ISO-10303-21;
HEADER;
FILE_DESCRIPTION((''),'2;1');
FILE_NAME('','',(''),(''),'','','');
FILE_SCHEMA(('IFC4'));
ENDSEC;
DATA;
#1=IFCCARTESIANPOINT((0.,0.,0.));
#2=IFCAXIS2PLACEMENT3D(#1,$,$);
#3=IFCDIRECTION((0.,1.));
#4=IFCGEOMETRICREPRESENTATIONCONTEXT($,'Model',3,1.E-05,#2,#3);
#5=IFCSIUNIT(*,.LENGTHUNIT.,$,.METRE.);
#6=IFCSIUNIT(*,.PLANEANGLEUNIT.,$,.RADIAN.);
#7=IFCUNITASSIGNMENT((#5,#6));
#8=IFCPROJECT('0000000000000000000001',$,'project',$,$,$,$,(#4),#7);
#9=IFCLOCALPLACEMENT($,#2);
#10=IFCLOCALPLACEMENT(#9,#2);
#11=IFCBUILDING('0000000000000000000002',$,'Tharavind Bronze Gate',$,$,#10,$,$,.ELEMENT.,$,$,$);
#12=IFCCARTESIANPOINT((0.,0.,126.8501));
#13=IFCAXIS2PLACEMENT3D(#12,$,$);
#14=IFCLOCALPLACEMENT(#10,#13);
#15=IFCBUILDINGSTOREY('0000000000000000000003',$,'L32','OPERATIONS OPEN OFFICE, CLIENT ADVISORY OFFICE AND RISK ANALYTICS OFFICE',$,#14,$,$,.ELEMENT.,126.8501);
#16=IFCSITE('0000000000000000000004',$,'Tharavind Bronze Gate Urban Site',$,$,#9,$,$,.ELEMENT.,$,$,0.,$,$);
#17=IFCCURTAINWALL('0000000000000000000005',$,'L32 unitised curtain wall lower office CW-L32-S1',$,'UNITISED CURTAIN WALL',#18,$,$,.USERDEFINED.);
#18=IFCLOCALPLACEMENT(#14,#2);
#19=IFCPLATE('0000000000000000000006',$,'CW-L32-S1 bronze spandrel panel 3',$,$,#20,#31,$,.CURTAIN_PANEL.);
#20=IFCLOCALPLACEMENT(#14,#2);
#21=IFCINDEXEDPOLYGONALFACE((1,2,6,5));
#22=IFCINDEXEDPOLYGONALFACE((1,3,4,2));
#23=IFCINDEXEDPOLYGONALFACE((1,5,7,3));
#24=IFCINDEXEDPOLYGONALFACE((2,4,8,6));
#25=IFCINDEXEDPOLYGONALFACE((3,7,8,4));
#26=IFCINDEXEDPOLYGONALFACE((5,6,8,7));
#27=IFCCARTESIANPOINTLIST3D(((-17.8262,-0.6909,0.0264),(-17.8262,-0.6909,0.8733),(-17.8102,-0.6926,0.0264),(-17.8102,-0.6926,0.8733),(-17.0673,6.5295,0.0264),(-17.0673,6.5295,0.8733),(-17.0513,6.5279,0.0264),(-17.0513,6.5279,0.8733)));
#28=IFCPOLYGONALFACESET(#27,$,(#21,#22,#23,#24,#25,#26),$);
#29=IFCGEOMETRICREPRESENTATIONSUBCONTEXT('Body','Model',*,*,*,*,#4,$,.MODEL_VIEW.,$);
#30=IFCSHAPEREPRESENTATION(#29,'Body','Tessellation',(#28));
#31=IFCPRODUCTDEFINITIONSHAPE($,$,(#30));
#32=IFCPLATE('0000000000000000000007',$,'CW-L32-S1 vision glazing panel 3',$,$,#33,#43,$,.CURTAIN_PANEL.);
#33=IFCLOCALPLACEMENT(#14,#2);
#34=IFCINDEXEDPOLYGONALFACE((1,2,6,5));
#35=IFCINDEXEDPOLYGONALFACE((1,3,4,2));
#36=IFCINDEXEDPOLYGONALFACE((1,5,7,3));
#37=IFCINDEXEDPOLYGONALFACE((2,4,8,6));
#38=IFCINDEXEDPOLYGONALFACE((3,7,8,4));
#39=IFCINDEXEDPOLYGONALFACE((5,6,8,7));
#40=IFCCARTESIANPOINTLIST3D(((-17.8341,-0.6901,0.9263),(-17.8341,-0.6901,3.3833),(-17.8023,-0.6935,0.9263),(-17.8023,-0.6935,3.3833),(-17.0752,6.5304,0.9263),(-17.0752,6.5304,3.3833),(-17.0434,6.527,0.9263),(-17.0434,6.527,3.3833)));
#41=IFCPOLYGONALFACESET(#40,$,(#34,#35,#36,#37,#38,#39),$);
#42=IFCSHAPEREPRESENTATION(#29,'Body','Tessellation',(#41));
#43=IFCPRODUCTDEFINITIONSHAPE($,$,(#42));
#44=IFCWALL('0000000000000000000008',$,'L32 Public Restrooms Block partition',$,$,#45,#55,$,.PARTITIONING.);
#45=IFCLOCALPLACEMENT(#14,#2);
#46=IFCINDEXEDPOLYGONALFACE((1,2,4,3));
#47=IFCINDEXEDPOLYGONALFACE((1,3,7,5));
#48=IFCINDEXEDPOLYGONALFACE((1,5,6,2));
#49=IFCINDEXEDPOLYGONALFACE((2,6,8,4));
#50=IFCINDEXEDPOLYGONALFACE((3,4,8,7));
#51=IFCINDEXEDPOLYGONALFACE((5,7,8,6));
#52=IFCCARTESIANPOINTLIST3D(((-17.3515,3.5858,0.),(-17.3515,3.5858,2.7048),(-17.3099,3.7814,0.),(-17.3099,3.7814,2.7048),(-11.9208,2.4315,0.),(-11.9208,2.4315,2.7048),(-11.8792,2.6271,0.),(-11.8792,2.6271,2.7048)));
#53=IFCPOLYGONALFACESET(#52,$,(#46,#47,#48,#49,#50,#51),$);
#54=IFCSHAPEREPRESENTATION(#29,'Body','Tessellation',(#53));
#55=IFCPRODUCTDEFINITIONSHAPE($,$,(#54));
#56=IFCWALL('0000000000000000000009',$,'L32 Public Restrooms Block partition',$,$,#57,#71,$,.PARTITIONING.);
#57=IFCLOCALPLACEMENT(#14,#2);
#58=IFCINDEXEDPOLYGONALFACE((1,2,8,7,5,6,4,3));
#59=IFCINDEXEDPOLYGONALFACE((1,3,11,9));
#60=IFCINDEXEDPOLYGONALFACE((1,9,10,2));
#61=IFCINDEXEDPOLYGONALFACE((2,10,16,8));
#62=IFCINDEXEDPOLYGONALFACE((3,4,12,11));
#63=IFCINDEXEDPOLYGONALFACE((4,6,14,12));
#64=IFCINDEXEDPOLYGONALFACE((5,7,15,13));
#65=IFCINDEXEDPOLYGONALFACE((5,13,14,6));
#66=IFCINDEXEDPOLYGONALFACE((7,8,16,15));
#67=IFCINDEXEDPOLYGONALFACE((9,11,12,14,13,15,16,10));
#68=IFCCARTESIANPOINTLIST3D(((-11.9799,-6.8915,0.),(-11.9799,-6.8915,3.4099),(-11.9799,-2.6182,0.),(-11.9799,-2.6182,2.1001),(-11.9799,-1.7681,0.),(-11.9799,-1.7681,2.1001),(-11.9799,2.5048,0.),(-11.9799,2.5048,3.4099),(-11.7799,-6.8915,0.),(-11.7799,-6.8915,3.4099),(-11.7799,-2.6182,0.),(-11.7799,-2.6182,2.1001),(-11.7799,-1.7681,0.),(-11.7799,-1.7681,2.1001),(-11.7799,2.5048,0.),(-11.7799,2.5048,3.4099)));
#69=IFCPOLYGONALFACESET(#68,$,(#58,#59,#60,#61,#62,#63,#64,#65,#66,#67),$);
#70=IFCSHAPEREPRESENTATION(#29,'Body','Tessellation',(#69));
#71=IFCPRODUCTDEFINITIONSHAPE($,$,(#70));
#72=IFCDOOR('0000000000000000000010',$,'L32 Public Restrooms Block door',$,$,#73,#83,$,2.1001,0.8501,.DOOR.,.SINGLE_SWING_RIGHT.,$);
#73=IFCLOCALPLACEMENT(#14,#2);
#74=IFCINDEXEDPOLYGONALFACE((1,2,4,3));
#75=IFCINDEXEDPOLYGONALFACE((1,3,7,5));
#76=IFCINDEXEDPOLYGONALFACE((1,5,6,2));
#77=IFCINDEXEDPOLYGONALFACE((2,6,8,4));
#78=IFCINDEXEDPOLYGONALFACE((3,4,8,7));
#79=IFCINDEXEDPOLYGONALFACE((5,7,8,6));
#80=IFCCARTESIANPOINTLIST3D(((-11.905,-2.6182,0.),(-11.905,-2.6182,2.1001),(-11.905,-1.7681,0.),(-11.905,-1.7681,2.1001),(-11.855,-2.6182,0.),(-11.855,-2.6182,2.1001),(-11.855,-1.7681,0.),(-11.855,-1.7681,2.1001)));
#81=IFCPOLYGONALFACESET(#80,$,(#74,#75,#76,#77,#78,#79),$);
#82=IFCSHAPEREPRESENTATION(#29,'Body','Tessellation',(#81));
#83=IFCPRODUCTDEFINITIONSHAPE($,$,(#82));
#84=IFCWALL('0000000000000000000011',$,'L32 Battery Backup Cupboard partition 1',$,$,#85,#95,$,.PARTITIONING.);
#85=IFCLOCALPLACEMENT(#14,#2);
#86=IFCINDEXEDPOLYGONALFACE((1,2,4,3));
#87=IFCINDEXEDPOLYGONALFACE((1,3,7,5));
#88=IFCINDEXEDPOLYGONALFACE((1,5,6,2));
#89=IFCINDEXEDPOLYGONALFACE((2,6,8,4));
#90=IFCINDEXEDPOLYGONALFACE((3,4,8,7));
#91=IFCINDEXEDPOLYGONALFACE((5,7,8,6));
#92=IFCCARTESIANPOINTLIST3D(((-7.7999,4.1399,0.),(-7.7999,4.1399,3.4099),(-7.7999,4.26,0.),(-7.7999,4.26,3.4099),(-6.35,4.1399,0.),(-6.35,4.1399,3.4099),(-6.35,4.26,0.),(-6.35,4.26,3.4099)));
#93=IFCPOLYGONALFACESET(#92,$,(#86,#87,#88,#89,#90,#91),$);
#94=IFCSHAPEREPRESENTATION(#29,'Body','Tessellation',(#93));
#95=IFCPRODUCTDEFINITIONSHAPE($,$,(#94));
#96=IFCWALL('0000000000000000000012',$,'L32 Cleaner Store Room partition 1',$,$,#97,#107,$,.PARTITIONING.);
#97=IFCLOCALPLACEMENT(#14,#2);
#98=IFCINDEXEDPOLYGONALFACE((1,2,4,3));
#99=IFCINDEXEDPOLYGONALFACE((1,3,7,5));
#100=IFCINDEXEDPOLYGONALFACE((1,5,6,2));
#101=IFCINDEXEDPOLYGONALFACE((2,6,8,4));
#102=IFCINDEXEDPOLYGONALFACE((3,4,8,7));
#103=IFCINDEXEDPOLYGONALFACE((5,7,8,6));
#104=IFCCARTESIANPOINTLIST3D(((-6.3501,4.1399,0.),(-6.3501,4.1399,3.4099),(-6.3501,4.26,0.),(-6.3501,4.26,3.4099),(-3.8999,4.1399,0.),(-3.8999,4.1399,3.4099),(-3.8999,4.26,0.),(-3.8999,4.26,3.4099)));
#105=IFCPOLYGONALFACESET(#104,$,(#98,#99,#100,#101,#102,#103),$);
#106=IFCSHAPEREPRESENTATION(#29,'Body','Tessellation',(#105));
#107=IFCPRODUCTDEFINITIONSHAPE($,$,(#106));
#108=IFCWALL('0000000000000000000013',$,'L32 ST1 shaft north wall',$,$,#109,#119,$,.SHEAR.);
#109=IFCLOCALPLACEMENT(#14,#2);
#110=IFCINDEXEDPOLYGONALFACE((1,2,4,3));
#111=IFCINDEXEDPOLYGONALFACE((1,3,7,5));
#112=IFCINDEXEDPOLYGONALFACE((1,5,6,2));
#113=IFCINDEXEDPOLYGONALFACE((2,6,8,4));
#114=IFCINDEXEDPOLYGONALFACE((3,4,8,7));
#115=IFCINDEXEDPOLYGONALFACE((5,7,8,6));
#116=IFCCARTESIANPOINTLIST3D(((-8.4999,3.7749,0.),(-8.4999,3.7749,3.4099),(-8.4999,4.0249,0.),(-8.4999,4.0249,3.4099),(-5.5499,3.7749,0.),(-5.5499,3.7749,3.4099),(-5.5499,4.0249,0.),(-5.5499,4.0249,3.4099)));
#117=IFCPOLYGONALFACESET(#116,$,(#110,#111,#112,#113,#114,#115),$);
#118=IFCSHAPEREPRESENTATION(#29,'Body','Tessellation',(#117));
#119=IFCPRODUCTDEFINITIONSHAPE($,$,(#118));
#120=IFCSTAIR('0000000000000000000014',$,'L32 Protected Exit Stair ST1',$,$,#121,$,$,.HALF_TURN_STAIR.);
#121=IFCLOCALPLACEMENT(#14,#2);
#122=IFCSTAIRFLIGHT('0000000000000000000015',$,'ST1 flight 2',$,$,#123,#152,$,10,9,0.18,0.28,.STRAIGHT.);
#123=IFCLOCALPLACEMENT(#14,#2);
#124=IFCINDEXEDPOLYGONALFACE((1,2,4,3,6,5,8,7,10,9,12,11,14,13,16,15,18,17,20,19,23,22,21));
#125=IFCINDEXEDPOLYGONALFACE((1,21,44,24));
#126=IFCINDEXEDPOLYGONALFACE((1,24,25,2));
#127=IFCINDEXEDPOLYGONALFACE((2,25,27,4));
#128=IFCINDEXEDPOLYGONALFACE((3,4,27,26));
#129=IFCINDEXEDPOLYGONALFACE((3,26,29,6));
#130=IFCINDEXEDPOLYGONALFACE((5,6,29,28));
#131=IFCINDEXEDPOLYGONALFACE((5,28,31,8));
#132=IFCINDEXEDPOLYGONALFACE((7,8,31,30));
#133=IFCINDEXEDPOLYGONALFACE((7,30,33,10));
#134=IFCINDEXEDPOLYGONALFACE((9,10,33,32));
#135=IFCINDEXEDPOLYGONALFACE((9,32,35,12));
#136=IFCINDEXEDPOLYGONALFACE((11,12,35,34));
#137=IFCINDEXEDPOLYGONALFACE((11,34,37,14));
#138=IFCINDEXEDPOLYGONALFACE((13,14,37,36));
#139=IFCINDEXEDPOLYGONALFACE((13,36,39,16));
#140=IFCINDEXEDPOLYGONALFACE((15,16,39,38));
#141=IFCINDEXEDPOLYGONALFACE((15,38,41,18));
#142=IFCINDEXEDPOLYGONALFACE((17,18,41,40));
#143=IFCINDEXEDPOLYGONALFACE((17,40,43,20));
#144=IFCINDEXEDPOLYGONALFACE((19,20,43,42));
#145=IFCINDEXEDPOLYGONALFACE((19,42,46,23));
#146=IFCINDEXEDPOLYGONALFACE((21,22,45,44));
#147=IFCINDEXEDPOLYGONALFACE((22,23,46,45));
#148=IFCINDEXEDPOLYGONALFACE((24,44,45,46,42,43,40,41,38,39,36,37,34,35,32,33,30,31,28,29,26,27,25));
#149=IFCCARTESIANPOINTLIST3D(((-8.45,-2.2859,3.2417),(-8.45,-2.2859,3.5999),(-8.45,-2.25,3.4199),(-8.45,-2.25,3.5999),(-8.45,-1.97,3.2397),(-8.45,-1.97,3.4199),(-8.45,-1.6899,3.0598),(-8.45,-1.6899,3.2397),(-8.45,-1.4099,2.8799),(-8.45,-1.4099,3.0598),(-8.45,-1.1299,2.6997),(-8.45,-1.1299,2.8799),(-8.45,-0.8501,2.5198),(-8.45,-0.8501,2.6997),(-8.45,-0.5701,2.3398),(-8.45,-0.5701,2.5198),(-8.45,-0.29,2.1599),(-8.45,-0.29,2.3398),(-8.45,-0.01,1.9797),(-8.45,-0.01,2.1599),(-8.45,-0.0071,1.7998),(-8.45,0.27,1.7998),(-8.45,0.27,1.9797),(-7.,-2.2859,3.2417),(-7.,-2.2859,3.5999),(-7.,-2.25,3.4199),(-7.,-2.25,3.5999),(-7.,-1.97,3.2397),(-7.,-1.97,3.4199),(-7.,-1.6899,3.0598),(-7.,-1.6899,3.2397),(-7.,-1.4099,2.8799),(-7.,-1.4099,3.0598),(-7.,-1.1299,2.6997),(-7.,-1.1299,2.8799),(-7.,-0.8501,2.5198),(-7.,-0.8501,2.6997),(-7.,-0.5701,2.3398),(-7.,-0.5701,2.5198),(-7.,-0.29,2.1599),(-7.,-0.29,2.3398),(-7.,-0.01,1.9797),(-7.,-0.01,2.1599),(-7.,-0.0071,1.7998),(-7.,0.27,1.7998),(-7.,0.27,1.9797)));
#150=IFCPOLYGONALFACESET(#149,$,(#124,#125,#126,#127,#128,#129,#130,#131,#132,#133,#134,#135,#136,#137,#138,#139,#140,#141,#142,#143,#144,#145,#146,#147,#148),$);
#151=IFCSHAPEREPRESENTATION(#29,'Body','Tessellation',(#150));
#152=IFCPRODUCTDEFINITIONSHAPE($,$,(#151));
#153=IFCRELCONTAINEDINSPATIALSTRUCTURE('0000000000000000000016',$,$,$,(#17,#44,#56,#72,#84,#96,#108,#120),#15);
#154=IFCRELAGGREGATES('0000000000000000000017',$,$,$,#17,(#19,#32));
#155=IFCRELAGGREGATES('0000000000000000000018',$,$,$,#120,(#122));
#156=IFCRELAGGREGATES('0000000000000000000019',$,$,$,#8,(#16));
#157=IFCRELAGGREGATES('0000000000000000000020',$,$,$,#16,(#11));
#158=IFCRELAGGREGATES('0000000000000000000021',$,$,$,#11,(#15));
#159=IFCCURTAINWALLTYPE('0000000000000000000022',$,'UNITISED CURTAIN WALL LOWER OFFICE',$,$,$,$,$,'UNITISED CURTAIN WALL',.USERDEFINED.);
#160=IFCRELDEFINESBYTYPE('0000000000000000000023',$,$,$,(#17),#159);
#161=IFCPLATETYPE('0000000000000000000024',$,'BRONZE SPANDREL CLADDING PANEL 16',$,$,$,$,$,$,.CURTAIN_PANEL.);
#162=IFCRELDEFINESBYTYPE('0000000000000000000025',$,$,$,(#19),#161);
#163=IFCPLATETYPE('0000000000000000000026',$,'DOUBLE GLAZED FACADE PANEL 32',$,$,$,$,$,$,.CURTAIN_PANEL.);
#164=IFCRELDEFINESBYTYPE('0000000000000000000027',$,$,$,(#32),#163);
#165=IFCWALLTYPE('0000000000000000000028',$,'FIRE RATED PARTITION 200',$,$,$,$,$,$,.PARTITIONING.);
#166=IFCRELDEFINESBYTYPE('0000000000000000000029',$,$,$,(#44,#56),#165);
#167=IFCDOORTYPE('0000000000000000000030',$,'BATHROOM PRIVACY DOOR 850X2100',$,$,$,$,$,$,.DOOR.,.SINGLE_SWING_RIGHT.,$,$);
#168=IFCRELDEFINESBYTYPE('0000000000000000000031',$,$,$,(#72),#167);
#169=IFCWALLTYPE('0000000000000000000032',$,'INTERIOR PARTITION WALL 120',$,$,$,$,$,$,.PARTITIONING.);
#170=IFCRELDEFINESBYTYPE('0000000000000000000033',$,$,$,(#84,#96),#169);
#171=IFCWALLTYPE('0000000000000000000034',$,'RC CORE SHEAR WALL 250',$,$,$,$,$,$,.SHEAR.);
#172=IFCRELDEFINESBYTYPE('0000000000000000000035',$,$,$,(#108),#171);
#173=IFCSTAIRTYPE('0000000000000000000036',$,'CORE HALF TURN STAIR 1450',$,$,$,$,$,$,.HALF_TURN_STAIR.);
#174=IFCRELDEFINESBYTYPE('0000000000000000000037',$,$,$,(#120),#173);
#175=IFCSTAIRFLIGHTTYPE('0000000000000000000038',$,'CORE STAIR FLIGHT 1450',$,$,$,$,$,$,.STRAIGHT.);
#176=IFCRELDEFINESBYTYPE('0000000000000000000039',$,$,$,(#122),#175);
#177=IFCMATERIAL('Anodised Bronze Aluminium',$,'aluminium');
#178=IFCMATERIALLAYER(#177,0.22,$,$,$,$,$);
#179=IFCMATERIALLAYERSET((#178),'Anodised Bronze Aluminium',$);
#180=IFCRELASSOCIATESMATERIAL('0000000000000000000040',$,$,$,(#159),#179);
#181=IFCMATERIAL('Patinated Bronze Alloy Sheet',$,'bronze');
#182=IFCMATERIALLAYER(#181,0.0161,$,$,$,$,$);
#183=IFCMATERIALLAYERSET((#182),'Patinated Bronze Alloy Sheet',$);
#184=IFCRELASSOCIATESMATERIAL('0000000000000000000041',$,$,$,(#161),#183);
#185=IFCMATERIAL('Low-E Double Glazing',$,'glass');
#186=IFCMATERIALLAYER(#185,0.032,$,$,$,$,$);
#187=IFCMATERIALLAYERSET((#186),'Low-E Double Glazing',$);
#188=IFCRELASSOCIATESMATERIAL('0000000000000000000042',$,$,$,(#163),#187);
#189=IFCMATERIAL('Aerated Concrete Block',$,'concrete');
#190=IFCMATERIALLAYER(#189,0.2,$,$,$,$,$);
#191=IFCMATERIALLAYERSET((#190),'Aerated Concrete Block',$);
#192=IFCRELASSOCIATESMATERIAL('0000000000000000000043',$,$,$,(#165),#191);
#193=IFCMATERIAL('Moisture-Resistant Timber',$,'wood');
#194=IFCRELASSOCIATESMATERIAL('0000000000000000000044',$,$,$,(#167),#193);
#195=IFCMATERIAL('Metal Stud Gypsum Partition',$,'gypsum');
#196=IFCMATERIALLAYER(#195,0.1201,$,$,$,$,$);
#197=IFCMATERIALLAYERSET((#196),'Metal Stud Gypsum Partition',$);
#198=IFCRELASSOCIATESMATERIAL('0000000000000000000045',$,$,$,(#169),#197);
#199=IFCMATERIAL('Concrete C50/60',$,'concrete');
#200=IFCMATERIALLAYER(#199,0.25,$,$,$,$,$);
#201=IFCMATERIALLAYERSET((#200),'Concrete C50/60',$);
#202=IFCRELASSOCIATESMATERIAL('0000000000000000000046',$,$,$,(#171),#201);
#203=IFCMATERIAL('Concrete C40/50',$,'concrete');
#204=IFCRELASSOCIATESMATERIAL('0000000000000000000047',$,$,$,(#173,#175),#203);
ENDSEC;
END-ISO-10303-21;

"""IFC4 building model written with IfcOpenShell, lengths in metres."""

from ifc_helpers import new_model, si_unit, direction, frame, frame_2d, origin, origin_2d, place, context, subcontext, project, spatial, polyline, rectangle, outline, extrude, material, layer, layer_set, type_object, element, fill, aggregate, save


model = new_model("IFC4")

# Units and contexts
model_context = context("Model", 3, precision=1e-05, world=origin(), true_north=direction((0.0, 1.0)))
body_context = subcontext(model_context, "Body", "Model", "MODEL_VIEW")
ifc_project = project(units=[si_unit("LENGTHUNIT", "METRE"), si_unit("PLANEANGLEUNIT", "RADIAN")], contexts=[model_context])

# Site, building, storey
site_placement = place(None, origin())
site = spatial("IfcSite", under=ifc_project, at=site_placement, Name="Tharavind Bronze Gate Urban Site", CompositionType="ELEMENT", RefElevation=0.0)
building_placement = place(site_placement, origin())
building = spatial("IfcBuilding", under=site, at=building_placement, Name="Tharavind Bronze Gate", CompositionType="ELEMENT")
storey_placement = place(building_placement, frame((0.0, 0.0, 126.8501)))
storey = spatial("IfcBuildingStorey", under=building, at=storey_placement, Name="L32", Description="OPERATIONS OPEN OFFICE, CLIENT ADVISORY OFFICE AND RISK ANALYTICS OFFICE", CompositionType="ELEMENT", Elevation=126.8501)

# Curtain wall
ifc_material_1 = material(Name="Anodised Bronze Aluminium", Category="aluminium")
ifc_layer_1 = layer(ifc_material_1, 0.22)
ifc_layer_set_1 = layer_set([ifc_layer_1], Name="Anodised Bronze Aluminium")
curtain_wall_type = type_object("IfcCurtainWallType", Name="UNITISED CURTAIN WALL LOWER OFFICE", ElementType="UNITISED CURTAIN WALL", PredefinedType="USERDEFINED", material=ifc_layer_set_1)
curtain_wall_placement = place(storey_placement, origin())
curtain_wall = element("IfcCurtainWall", 1, at=curtain_wall_placement, inside=storey, type_object=curtain_wall_type, Name="L32 unitised curtain wall lower office CW-L32-S1", ObjectType="UNITISED CURTAIN WALL", PredefinedType="USERDEFINED")

# Plates
ifc_material_2 = material(Name="Patinated Bronze Alloy Sheet", Category="bronze")
ifc_layer_2 = layer(ifc_material_2, 0.0161)
ifc_layer_set_2 = layer_set([ifc_layer_2], Name="Patinated Bronze Alloy Sheet")
plate_type_1 = type_object("IfcPlateType", Name="BRONZE SPANDREL CLADDING PANEL 16", PredefinedType="CURTAIN_PANEL", material=ifc_layer_set_2)
plate_1_placement = place(storey_placement, frame((-17.4387, 2.9185, 0.0264), z_axis=(0.0, 0.0, 1.0), x_axis=(-0.104527, -0.994522, 0.0)))
plate_1 = element("IfcPlate", 2, at=plate_1_placement, type_object=plate_type_1, Name="CW-L32-S1 bronze spandrel panel 3", PredefinedType="CURTAIN_PANEL", context=body_context, shape_type="SweptSolid", body=[
    extrude(rectangle(XDim=7.2603, YDim=0.0161, at=origin_2d()), origin(), (0.0, 0.0, 1.0), 0.8469),
])
ifc_material_3 = material(Name="Low-E Double Glazing", Category="glass")
ifc_layer_3 = layer(ifc_material_3, 0.032)
ifc_layer_set_3 = layer_set([ifc_layer_3], Name="Low-E Double Glazing")
plate_type_2 = type_object("IfcPlateType", Name="DOUBLE GLAZED FACADE PANEL 32", PredefinedType="CURTAIN_PANEL", material=ifc_layer_set_3)
plate_2_placement = place(storey_placement, frame((-17.4387, 2.9185, 0.9263), z_axis=(0.0, 0.0, 1.0), x_axis=(-0.104527, -0.994522, 0.0)))
plate_2 = element("IfcPlate", 3, at=plate_2_placement, type_object=plate_type_2, Name="CW-L32-S1 vision glazing panel 3", PredefinedType="CURTAIN_PANEL", context=body_context, shape_type="SweptSolid", body=[
    extrude(rectangle(XDim=7.2603, YDim=0.032, at=origin_2d()), origin(), (0.0, 0.0, 1.0), 2.457),
])
aggregate(curtain_wall, [plate_1, plate_2])

# Wall
ifc_material_4 = material(Name="Aerated Concrete Block", Category="concrete")
ifc_layer_4 = layer(ifc_material_4, 0.2)
ifc_layer_set_4 = layer_set([ifc_layer_4], Name="Aerated Concrete Block")
wall_type_1 = type_object("IfcWallType", Name="FIRE RATED PARTITION 200", PredefinedType="PARTITIONING", material=ifc_layer_set_4)
wall_1_placement = place(storey_placement, frame((-17.3306, 3.6836, 0.0), z_axis=(0.0, 0.0, 1.0), x_axis=(0.978149, -0.207907, 0.0)))
element("IfcWall", 4, at=wall_1_placement, inside=storey, type_object=wall_type_1, Name="L32 Public Restrooms Block partition", PredefinedType="PARTITIONING", context=body_context, shape_type="SweptSolid", body=[
    extrude(rectangle(XDim=5.552, YDim=0.2, at=frame_2d((2.7759, 0.0))), origin(), (0.0, 0.0, 1.0), 2.7048),
])

# Wall, opening, door
wall_2_placement = place(storey_placement, frame((-11.8799, 2.5049, 0.0), z_axis=(0.0, 0.0, 1.0), x_axis=(0.0, -1.0, 0.0)))
wall_2 = element("IfcWall", 5, at=wall_2_placement, inside=storey, type_object=wall_type_1, Name="L32 Public Restrooms Block partition", PredefinedType="PARTITIONING", context=body_context, shape_type="SweptSolid", body=[
    extrude(rectangle(XDim=9.3962, YDim=0.2, at=frame_2d((4.6982, 0.0))), origin(), (0.0, 0.0, 1.0), 3.4099),
])
opening_placement = place(wall_2_placement, frame((4.2729, 0.0, 0.0)))
opening = element("IfcOpeningElement", 6, at=opening_placement, cuts=wall_2, PredefinedType="OPENING", context=body_context, shape_type="SweptSolid", body=[
    extrude(rectangle(XDim=0.8501, YDim=2.1001, at=frame_2d((0.425, 1.05))), frame((0.0, 0.1101, 0.0), z_axis=(0.0, -1.0, 0.0), x_axis=(1.0, 0.0, 0.0)), (0.0, 0.0, 1.0), 0.22),
])
ifc_material_5 = material(Name="Moisture-Resistant Timber", Category="wood")
door_type = type_object("IfcDoorType", Name="BATHROOM PRIVACY DOOR 850X2100", OperationType="SINGLE_SWING_RIGHT", PredefinedType="DOOR", material=ifc_material_5)
door_placement = place(opening_placement, origin())
door = element("IfcDoor", 7, at=door_placement, inside=storey, type_object=door_type, Name="L32 Public Restrooms Block door", OperationType="SINGLE_SWING_RIGHT", OverallHeight=2.1001, OverallWidth=0.8501, PredefinedType="DOOR", context=body_context, shape_type="SweptSolid", body=[
    extrude(rectangle(XDim=0.8501, YDim=2.1001, at=frame_2d((0.425, 1.05))), frame((0.0, 0.0249, 0.0), z_axis=(0.0, -1.0, 0.0), x_axis=(1.0, 0.0, 0.0)), (0.0, 0.0, 1.0), 0.05),
])
fill(opening, door)

# Walls
ifc_material_6 = material(Name="Metal Stud Gypsum Partition", Category="gypsum")
ifc_layer_5 = layer(ifc_material_6, 0.1201)
ifc_layer_set_5 = layer_set([ifc_layer_5], Name="Metal Stud Gypsum Partition")
wall_type_2 = type_object("IfcWallType", Name="INTERIOR PARTITION WALL 120", PredefinedType="PARTITIONING", material=ifc_layer_set_5)
wall_3_placement = place(storey_placement, frame((-7.8, 4.2, 0.0), z_axis=(0.0, 0.0, 1.0), x_axis=(1.0, 0.0, 0.0)))
element("IfcWall", 8, at=wall_3_placement, inside=storey, type_object=wall_type_2, Name="L32 Battery Backup Cupboard partition 1", PredefinedType="PARTITIONING", context=body_context, shape_type="SweptSolid", body=[
    extrude(rectangle(XDim=1.45, YDim=0.1201, at=frame_2d((0.7251, 0.0))), origin(), (0.0, 0.0, 1.0), 3.4099),
])
wall_4_placement = place(storey_placement, frame((-6.3501, 4.2, 0.0), z_axis=(0.0, 0.0, 1.0), x_axis=(1.0, 0.0, 0.0)))
element("IfcWall", 9, at=wall_4_placement, inside=storey, type_object=wall_type_2, Name="L32 Cleaner Store Room partition 1", PredefinedType="PARTITIONING", context=body_context, shape_type="SweptSolid", body=[
    extrude(rectangle(XDim=2.4502, YDim=0.1201, at=frame_2d((1.2251, 0.0))), origin(), (0.0, 0.0, 1.0), 3.4099),
])
ifc_material_7 = material(Name="Concrete C50/60", Category="concrete")
ifc_layer_6 = layer(ifc_material_7, 0.25)
ifc_layer_set_6 = layer_set([ifc_layer_6], Name="Concrete C50/60")
wall_type_3 = type_object("IfcWallType", Name="RC CORE SHEAR WALL 250", PredefinedType="SHEAR", material=ifc_layer_set_6)
wall_5_placement = place(storey_placement, frame((-8.5, 3.8999, 0.0), z_axis=(0.0, 0.0, 1.0), x_axis=(1.0, 0.0, 0.0)))
element("IfcWall", 10, at=wall_5_placement, inside=storey, type_object=wall_type_3, Name="L32 ST1 shaft north wall", PredefinedType="SHEAR", context=body_context, shape_type="SweptSolid", body=[
    extrude(rectangle(XDim=2.95, YDim=0.25, at=frame_2d((1.4751, 0.0))), origin(), (0.0, 0.0, 1.0), 3.4099),
])

# Stair, stair flight
ifc_material_8 = material(Name="Concrete C40/50", Category="concrete")
stair_type = type_object("IfcStairType", Name="CORE HALF TURN STAIR 1450", PredefinedType="HALF_TURN_STAIR", material=ifc_material_8)
stair_placement = place(storey_placement, origin())
stair = element("IfcStair", 11, at=stair_placement, inside=storey, type_object=stair_type, Name="L32 Protected Exit Stair ST1", PredefinedType="HALF_TURN_STAIR")
stair_flight_type = type_object("IfcStairFlightType", Name="CORE STAIR FLIGHT 1450", PredefinedType="STRAIGHT", material=ifc_material_8)
stair_flight_placement = place(storey_placement, frame((-7.7251, 0.27, 1.7998), z_axis=(0.0, 0.0, 1.0), x_axis=(0.0, -1.0, 0.0)))
stair_flight = element("IfcStairFlight", 12, at=stair_flight_placement, type_object=stair_flight_type, Name="ST1 flight 2", NumberOfRisers=10, NumberOfTreads=9, PredefinedType="STRAIGHT", RiserHeight=0.18, TreadLength=0.28, context=body_context, shape_type="SweptSolid", body=[
    extrude(outline(polyline([(0.0, 0.0), (0.0, 0.1799), (0.28, 0.1799), (0.28, 0.3601), (0.5601, 0.3601), (0.5601, 0.54), (0.8401, 0.54), (0.8401, 0.72), (1.1201, 0.72), (1.1201, 0.8999), (1.3999, 0.8999), (1.3999, 1.0801), (1.6799, 1.0801), (1.6799, 1.26), (1.96, 1.26), (1.96, 1.4399), (2.24, 1.4399), (2.24, 1.6201), (2.52, 1.6201), (2.52, 1.8), (2.5559, 1.8), (2.5559, 1.4419), (0.2771, 0.0), (0.0, 0.0)])), frame((0.0, 0.7251, 0.0), z_axis=(0.0, -1.0, 0.0), x_axis=(1.0, 0.0, 0.0)), (0.0, 0.0, 1.0), 1.45),
])
aggregate(stair, [stair_flight])

save(model, "model.ifc")
